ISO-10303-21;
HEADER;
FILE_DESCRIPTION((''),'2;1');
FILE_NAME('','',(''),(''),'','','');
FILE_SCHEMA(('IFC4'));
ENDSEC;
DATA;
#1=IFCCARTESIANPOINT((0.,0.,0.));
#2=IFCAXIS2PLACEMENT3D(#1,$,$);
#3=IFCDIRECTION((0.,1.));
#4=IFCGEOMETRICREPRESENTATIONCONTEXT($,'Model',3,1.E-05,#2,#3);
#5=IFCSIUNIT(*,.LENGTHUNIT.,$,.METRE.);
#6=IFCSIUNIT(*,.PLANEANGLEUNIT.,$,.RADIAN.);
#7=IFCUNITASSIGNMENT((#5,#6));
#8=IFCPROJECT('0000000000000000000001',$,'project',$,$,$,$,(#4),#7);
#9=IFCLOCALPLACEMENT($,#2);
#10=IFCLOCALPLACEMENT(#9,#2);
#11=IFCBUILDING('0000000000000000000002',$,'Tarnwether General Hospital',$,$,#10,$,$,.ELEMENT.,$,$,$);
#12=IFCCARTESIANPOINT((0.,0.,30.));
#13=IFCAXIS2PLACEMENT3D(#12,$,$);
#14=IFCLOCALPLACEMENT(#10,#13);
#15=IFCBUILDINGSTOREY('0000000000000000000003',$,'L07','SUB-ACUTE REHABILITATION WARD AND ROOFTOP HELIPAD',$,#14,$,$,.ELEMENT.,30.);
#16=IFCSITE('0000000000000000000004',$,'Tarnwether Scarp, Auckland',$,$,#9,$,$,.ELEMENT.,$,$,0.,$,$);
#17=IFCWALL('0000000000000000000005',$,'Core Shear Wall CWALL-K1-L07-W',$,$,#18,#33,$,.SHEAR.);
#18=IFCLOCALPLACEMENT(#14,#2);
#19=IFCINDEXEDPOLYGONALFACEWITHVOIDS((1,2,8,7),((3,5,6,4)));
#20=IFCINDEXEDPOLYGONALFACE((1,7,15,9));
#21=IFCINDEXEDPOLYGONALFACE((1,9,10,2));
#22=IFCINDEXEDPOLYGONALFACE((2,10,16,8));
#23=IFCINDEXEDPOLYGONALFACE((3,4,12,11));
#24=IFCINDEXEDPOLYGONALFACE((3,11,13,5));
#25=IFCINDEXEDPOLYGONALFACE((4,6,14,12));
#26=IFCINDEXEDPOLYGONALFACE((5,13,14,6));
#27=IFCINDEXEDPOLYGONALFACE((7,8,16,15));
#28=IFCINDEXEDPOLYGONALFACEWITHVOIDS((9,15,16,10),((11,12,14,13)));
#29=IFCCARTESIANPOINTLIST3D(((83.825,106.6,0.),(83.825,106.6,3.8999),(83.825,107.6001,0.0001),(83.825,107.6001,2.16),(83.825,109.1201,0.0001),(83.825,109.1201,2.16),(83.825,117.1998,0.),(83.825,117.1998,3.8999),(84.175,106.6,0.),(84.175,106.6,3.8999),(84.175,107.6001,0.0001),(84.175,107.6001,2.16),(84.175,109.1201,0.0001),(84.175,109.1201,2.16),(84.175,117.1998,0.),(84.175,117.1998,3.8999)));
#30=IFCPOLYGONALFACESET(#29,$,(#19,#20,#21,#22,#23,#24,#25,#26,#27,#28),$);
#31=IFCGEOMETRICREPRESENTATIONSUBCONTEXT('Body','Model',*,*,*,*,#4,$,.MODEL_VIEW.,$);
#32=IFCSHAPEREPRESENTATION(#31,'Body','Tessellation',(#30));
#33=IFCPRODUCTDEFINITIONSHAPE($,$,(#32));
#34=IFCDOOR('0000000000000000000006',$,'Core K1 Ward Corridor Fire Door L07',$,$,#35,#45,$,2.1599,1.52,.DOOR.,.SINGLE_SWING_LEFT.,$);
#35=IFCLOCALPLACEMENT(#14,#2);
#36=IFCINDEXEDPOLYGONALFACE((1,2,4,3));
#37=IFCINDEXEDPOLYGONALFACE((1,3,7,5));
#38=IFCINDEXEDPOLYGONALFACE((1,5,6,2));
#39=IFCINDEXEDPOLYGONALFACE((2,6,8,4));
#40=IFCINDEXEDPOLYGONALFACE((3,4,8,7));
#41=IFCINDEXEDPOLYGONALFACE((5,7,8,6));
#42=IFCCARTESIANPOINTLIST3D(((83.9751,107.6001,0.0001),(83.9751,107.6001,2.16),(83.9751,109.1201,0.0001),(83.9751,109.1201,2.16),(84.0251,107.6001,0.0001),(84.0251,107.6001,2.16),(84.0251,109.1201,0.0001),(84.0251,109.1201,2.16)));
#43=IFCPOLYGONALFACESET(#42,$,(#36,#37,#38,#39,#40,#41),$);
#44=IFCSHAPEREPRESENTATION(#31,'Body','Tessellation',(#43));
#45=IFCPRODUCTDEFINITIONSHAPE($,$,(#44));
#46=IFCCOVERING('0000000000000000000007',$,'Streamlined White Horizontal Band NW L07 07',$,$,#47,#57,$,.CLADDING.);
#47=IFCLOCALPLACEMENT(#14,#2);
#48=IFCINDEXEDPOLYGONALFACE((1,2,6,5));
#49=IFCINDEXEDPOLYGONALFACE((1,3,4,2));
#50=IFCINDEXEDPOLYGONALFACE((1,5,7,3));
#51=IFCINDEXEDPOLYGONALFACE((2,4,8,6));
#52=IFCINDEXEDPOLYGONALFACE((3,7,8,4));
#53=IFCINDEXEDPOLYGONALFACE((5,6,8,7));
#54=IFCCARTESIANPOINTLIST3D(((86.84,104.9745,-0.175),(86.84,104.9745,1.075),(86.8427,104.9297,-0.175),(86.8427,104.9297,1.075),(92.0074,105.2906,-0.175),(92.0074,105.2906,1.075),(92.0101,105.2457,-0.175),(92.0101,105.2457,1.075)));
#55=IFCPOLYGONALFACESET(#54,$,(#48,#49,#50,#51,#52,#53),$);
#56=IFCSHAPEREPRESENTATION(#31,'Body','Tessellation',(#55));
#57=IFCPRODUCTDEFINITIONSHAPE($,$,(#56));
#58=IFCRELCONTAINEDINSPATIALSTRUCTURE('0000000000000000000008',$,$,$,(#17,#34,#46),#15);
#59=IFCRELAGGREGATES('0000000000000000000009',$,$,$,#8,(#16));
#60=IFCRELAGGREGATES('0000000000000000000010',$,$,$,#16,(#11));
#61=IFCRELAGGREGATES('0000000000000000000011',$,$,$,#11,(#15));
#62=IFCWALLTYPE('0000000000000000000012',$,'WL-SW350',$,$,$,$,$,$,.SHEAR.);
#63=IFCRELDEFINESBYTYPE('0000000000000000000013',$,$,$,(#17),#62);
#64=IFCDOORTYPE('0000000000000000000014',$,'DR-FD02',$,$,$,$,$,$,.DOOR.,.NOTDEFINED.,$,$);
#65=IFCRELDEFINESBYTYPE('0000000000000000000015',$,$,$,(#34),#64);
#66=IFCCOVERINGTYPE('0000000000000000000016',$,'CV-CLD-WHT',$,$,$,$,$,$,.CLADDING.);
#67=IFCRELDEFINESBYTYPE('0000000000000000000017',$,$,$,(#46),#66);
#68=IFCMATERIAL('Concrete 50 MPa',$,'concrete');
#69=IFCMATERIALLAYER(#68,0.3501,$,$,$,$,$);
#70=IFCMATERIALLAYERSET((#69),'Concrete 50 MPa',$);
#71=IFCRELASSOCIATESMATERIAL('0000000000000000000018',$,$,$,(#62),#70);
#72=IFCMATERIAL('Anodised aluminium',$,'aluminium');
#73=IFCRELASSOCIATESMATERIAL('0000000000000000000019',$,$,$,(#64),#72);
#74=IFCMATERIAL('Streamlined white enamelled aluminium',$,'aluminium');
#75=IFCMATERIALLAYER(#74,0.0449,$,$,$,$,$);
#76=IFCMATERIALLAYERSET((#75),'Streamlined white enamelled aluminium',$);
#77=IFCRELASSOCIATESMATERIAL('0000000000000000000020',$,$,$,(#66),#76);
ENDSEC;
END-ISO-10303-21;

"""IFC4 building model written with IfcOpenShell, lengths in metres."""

from ifc_helpers import new_model, si_unit, direction, frame, frame_2d, origin, origin_2d, place, context, subcontext, project, spatial, rectangle, extrude, material, layer, layer_set, type_object, element, fill, save


model = new_model("IFC4")

# Units and contexts
model_context = context("Model", 3, precision=1e-05, world=origin(), true_north=direction((0.0, 1.0)))
body_context = subcontext(model_context, "Body", "Model", "MODEL_VIEW")
ifc_project = project(units=[si_unit("LENGTHUNIT", "METRE"), si_unit("PLANEANGLEUNIT", "RADIAN")], contexts=[model_context])

# Site, building, storey
site_placement = place(None, origin())
site = spatial("IfcSite", under=ifc_project, at=site_placement, Name="Tarnwether Scarp, Auckland", CompositionType="ELEMENT", RefElevation=0.0)
building_placement = place(site_placement, origin())
building = spatial("IfcBuilding", under=site, at=building_placement, Name="Tarnwether General Hospital", CompositionType="ELEMENT")
storey_placement = place(building_placement, frame((0.0, 0.0, 30.0)))
storey = spatial("IfcBuildingStorey", under=building, at=storey_placement, Name="L07", Description="SUB-ACUTE REHABILITATION WARD AND ROOFTOP HELIPAD", CompositionType="ELEMENT", Elevation=30.0)

# Wall, opening, door
ifc_material_1 = material(Name="Concrete 50 MPa", Category="concrete")
ifc_layer_1 = layer(ifc_material_1, 0.3501)
ifc_layer_set_1 = layer_set([ifc_layer_1], Name="Concrete 50 MPa")
wall_type_1 = type_object("IfcWallType", Name="WL-SW350", PredefinedType="SHEAR", material=ifc_layer_set_1)
wall_1_placement = place(storey_placement, frame((84.0, 106.6001, 0.0), z_axis=(0.0, 0.0, 1.0), x_axis=(0.0, 1.0, 0.0)))
wall_1 = element("IfcWall", 1, at=wall_1_placement, inside=storey, type_object=wall_type_1, Name="Core Shear Wall CWALL-K1-L07-W", PredefinedType="SHEAR", context=body_context, shape_type="SweptSolid", body=[
    extrude(rectangle(XDim=10.5999, YDim=0.3501, at=frame_2d((5.2998, 0.0))), origin(), (0.0, 0.0, 1.0), 3.8999),
])
opening_1_placement = place(wall_1_placement, frame((1.0, 0.0, 0.0)))
opening_1 = element("IfcOpeningElement", 2, at=opening_1_placement, cuts=wall_1, PredefinedType="OPENING", context=body_context, shape_type="SweptSolid", body=[
    extrude(rectangle(XDim=1.52, YDim=2.1599, at=frame_2d((0.76, 1.0801))), frame((0.0, 0.1851, 0.0), z_axis=(0.0, -1.0, 0.0), x_axis=(1.0, 0.0, 0.0)), (0.0, 0.0, 1.0), 0.3701),
])
ifc_material_2 = material(Name="Anodised aluminium", Category="aluminium")
door_type_1 = type_object("IfcDoorType", Name="DR-FD02", OperationType="NOTDEFINED", PredefinedType="DOOR", material=ifc_material_2)
door_1_placement = place(opening_1_placement, origin())
door_1 = element("IfcDoor", 3, at=door_1_placement, inside=storey, type_object=door_type_1, Name="Core K1 Ward Corridor Fire Door L07", OperationType="SINGLE_SWING_LEFT", OverallHeight=2.1599, OverallWidth=1.52, PredefinedType="DOOR", context=body_context, shape_type="SweptSolid", body=[
    extrude(rectangle(XDim=1.52, YDim=2.1599, at=frame_2d((0.76, 1.0801))), frame((0.0, 0.0249, 0.0), z_axis=(0.0, -1.0, 0.0), x_axis=(1.0, 0.0, 0.0)), (0.0, 0.0, 1.0), 0.05),
])
fill(opening_1, door_1)

# Covering
ifc_material_3 = material(Name="Streamlined white enamelled aluminium", Category="aluminium")
ifc_layer_2 = layer(ifc_material_3, 0.0449)
ifc_layer_set_2 = layer_set([ifc_layer_2], Name="Streamlined white enamelled aluminium")
covering_type = type_object("IfcCoveringType", Name="CV-CLD-WHT", PredefinedType="CLADDING", material=ifc_layer_set_2)
covering_placement = place(storey_placement, frame((89.425, 105.1101, -0.175), z_axis=(0.0, 0.0, 1.0), x_axis=(-0.998135, -0.061049, 0.0)))
element("IfcCovering", 4, at=covering_placement, inside=storey, type_object=covering_type, Name="Streamlined White Horizontal Band NW L07 07", PredefinedType="CLADDING", context=body_context, shape_type="SweptSolid", body=[
    extrude(rectangle(XDim=5.177, YDim=0.0449, at=origin_2d()), origin(), (0.0, 0.0, 1.0), 1.25),
])

save(model, "model.ifc")
